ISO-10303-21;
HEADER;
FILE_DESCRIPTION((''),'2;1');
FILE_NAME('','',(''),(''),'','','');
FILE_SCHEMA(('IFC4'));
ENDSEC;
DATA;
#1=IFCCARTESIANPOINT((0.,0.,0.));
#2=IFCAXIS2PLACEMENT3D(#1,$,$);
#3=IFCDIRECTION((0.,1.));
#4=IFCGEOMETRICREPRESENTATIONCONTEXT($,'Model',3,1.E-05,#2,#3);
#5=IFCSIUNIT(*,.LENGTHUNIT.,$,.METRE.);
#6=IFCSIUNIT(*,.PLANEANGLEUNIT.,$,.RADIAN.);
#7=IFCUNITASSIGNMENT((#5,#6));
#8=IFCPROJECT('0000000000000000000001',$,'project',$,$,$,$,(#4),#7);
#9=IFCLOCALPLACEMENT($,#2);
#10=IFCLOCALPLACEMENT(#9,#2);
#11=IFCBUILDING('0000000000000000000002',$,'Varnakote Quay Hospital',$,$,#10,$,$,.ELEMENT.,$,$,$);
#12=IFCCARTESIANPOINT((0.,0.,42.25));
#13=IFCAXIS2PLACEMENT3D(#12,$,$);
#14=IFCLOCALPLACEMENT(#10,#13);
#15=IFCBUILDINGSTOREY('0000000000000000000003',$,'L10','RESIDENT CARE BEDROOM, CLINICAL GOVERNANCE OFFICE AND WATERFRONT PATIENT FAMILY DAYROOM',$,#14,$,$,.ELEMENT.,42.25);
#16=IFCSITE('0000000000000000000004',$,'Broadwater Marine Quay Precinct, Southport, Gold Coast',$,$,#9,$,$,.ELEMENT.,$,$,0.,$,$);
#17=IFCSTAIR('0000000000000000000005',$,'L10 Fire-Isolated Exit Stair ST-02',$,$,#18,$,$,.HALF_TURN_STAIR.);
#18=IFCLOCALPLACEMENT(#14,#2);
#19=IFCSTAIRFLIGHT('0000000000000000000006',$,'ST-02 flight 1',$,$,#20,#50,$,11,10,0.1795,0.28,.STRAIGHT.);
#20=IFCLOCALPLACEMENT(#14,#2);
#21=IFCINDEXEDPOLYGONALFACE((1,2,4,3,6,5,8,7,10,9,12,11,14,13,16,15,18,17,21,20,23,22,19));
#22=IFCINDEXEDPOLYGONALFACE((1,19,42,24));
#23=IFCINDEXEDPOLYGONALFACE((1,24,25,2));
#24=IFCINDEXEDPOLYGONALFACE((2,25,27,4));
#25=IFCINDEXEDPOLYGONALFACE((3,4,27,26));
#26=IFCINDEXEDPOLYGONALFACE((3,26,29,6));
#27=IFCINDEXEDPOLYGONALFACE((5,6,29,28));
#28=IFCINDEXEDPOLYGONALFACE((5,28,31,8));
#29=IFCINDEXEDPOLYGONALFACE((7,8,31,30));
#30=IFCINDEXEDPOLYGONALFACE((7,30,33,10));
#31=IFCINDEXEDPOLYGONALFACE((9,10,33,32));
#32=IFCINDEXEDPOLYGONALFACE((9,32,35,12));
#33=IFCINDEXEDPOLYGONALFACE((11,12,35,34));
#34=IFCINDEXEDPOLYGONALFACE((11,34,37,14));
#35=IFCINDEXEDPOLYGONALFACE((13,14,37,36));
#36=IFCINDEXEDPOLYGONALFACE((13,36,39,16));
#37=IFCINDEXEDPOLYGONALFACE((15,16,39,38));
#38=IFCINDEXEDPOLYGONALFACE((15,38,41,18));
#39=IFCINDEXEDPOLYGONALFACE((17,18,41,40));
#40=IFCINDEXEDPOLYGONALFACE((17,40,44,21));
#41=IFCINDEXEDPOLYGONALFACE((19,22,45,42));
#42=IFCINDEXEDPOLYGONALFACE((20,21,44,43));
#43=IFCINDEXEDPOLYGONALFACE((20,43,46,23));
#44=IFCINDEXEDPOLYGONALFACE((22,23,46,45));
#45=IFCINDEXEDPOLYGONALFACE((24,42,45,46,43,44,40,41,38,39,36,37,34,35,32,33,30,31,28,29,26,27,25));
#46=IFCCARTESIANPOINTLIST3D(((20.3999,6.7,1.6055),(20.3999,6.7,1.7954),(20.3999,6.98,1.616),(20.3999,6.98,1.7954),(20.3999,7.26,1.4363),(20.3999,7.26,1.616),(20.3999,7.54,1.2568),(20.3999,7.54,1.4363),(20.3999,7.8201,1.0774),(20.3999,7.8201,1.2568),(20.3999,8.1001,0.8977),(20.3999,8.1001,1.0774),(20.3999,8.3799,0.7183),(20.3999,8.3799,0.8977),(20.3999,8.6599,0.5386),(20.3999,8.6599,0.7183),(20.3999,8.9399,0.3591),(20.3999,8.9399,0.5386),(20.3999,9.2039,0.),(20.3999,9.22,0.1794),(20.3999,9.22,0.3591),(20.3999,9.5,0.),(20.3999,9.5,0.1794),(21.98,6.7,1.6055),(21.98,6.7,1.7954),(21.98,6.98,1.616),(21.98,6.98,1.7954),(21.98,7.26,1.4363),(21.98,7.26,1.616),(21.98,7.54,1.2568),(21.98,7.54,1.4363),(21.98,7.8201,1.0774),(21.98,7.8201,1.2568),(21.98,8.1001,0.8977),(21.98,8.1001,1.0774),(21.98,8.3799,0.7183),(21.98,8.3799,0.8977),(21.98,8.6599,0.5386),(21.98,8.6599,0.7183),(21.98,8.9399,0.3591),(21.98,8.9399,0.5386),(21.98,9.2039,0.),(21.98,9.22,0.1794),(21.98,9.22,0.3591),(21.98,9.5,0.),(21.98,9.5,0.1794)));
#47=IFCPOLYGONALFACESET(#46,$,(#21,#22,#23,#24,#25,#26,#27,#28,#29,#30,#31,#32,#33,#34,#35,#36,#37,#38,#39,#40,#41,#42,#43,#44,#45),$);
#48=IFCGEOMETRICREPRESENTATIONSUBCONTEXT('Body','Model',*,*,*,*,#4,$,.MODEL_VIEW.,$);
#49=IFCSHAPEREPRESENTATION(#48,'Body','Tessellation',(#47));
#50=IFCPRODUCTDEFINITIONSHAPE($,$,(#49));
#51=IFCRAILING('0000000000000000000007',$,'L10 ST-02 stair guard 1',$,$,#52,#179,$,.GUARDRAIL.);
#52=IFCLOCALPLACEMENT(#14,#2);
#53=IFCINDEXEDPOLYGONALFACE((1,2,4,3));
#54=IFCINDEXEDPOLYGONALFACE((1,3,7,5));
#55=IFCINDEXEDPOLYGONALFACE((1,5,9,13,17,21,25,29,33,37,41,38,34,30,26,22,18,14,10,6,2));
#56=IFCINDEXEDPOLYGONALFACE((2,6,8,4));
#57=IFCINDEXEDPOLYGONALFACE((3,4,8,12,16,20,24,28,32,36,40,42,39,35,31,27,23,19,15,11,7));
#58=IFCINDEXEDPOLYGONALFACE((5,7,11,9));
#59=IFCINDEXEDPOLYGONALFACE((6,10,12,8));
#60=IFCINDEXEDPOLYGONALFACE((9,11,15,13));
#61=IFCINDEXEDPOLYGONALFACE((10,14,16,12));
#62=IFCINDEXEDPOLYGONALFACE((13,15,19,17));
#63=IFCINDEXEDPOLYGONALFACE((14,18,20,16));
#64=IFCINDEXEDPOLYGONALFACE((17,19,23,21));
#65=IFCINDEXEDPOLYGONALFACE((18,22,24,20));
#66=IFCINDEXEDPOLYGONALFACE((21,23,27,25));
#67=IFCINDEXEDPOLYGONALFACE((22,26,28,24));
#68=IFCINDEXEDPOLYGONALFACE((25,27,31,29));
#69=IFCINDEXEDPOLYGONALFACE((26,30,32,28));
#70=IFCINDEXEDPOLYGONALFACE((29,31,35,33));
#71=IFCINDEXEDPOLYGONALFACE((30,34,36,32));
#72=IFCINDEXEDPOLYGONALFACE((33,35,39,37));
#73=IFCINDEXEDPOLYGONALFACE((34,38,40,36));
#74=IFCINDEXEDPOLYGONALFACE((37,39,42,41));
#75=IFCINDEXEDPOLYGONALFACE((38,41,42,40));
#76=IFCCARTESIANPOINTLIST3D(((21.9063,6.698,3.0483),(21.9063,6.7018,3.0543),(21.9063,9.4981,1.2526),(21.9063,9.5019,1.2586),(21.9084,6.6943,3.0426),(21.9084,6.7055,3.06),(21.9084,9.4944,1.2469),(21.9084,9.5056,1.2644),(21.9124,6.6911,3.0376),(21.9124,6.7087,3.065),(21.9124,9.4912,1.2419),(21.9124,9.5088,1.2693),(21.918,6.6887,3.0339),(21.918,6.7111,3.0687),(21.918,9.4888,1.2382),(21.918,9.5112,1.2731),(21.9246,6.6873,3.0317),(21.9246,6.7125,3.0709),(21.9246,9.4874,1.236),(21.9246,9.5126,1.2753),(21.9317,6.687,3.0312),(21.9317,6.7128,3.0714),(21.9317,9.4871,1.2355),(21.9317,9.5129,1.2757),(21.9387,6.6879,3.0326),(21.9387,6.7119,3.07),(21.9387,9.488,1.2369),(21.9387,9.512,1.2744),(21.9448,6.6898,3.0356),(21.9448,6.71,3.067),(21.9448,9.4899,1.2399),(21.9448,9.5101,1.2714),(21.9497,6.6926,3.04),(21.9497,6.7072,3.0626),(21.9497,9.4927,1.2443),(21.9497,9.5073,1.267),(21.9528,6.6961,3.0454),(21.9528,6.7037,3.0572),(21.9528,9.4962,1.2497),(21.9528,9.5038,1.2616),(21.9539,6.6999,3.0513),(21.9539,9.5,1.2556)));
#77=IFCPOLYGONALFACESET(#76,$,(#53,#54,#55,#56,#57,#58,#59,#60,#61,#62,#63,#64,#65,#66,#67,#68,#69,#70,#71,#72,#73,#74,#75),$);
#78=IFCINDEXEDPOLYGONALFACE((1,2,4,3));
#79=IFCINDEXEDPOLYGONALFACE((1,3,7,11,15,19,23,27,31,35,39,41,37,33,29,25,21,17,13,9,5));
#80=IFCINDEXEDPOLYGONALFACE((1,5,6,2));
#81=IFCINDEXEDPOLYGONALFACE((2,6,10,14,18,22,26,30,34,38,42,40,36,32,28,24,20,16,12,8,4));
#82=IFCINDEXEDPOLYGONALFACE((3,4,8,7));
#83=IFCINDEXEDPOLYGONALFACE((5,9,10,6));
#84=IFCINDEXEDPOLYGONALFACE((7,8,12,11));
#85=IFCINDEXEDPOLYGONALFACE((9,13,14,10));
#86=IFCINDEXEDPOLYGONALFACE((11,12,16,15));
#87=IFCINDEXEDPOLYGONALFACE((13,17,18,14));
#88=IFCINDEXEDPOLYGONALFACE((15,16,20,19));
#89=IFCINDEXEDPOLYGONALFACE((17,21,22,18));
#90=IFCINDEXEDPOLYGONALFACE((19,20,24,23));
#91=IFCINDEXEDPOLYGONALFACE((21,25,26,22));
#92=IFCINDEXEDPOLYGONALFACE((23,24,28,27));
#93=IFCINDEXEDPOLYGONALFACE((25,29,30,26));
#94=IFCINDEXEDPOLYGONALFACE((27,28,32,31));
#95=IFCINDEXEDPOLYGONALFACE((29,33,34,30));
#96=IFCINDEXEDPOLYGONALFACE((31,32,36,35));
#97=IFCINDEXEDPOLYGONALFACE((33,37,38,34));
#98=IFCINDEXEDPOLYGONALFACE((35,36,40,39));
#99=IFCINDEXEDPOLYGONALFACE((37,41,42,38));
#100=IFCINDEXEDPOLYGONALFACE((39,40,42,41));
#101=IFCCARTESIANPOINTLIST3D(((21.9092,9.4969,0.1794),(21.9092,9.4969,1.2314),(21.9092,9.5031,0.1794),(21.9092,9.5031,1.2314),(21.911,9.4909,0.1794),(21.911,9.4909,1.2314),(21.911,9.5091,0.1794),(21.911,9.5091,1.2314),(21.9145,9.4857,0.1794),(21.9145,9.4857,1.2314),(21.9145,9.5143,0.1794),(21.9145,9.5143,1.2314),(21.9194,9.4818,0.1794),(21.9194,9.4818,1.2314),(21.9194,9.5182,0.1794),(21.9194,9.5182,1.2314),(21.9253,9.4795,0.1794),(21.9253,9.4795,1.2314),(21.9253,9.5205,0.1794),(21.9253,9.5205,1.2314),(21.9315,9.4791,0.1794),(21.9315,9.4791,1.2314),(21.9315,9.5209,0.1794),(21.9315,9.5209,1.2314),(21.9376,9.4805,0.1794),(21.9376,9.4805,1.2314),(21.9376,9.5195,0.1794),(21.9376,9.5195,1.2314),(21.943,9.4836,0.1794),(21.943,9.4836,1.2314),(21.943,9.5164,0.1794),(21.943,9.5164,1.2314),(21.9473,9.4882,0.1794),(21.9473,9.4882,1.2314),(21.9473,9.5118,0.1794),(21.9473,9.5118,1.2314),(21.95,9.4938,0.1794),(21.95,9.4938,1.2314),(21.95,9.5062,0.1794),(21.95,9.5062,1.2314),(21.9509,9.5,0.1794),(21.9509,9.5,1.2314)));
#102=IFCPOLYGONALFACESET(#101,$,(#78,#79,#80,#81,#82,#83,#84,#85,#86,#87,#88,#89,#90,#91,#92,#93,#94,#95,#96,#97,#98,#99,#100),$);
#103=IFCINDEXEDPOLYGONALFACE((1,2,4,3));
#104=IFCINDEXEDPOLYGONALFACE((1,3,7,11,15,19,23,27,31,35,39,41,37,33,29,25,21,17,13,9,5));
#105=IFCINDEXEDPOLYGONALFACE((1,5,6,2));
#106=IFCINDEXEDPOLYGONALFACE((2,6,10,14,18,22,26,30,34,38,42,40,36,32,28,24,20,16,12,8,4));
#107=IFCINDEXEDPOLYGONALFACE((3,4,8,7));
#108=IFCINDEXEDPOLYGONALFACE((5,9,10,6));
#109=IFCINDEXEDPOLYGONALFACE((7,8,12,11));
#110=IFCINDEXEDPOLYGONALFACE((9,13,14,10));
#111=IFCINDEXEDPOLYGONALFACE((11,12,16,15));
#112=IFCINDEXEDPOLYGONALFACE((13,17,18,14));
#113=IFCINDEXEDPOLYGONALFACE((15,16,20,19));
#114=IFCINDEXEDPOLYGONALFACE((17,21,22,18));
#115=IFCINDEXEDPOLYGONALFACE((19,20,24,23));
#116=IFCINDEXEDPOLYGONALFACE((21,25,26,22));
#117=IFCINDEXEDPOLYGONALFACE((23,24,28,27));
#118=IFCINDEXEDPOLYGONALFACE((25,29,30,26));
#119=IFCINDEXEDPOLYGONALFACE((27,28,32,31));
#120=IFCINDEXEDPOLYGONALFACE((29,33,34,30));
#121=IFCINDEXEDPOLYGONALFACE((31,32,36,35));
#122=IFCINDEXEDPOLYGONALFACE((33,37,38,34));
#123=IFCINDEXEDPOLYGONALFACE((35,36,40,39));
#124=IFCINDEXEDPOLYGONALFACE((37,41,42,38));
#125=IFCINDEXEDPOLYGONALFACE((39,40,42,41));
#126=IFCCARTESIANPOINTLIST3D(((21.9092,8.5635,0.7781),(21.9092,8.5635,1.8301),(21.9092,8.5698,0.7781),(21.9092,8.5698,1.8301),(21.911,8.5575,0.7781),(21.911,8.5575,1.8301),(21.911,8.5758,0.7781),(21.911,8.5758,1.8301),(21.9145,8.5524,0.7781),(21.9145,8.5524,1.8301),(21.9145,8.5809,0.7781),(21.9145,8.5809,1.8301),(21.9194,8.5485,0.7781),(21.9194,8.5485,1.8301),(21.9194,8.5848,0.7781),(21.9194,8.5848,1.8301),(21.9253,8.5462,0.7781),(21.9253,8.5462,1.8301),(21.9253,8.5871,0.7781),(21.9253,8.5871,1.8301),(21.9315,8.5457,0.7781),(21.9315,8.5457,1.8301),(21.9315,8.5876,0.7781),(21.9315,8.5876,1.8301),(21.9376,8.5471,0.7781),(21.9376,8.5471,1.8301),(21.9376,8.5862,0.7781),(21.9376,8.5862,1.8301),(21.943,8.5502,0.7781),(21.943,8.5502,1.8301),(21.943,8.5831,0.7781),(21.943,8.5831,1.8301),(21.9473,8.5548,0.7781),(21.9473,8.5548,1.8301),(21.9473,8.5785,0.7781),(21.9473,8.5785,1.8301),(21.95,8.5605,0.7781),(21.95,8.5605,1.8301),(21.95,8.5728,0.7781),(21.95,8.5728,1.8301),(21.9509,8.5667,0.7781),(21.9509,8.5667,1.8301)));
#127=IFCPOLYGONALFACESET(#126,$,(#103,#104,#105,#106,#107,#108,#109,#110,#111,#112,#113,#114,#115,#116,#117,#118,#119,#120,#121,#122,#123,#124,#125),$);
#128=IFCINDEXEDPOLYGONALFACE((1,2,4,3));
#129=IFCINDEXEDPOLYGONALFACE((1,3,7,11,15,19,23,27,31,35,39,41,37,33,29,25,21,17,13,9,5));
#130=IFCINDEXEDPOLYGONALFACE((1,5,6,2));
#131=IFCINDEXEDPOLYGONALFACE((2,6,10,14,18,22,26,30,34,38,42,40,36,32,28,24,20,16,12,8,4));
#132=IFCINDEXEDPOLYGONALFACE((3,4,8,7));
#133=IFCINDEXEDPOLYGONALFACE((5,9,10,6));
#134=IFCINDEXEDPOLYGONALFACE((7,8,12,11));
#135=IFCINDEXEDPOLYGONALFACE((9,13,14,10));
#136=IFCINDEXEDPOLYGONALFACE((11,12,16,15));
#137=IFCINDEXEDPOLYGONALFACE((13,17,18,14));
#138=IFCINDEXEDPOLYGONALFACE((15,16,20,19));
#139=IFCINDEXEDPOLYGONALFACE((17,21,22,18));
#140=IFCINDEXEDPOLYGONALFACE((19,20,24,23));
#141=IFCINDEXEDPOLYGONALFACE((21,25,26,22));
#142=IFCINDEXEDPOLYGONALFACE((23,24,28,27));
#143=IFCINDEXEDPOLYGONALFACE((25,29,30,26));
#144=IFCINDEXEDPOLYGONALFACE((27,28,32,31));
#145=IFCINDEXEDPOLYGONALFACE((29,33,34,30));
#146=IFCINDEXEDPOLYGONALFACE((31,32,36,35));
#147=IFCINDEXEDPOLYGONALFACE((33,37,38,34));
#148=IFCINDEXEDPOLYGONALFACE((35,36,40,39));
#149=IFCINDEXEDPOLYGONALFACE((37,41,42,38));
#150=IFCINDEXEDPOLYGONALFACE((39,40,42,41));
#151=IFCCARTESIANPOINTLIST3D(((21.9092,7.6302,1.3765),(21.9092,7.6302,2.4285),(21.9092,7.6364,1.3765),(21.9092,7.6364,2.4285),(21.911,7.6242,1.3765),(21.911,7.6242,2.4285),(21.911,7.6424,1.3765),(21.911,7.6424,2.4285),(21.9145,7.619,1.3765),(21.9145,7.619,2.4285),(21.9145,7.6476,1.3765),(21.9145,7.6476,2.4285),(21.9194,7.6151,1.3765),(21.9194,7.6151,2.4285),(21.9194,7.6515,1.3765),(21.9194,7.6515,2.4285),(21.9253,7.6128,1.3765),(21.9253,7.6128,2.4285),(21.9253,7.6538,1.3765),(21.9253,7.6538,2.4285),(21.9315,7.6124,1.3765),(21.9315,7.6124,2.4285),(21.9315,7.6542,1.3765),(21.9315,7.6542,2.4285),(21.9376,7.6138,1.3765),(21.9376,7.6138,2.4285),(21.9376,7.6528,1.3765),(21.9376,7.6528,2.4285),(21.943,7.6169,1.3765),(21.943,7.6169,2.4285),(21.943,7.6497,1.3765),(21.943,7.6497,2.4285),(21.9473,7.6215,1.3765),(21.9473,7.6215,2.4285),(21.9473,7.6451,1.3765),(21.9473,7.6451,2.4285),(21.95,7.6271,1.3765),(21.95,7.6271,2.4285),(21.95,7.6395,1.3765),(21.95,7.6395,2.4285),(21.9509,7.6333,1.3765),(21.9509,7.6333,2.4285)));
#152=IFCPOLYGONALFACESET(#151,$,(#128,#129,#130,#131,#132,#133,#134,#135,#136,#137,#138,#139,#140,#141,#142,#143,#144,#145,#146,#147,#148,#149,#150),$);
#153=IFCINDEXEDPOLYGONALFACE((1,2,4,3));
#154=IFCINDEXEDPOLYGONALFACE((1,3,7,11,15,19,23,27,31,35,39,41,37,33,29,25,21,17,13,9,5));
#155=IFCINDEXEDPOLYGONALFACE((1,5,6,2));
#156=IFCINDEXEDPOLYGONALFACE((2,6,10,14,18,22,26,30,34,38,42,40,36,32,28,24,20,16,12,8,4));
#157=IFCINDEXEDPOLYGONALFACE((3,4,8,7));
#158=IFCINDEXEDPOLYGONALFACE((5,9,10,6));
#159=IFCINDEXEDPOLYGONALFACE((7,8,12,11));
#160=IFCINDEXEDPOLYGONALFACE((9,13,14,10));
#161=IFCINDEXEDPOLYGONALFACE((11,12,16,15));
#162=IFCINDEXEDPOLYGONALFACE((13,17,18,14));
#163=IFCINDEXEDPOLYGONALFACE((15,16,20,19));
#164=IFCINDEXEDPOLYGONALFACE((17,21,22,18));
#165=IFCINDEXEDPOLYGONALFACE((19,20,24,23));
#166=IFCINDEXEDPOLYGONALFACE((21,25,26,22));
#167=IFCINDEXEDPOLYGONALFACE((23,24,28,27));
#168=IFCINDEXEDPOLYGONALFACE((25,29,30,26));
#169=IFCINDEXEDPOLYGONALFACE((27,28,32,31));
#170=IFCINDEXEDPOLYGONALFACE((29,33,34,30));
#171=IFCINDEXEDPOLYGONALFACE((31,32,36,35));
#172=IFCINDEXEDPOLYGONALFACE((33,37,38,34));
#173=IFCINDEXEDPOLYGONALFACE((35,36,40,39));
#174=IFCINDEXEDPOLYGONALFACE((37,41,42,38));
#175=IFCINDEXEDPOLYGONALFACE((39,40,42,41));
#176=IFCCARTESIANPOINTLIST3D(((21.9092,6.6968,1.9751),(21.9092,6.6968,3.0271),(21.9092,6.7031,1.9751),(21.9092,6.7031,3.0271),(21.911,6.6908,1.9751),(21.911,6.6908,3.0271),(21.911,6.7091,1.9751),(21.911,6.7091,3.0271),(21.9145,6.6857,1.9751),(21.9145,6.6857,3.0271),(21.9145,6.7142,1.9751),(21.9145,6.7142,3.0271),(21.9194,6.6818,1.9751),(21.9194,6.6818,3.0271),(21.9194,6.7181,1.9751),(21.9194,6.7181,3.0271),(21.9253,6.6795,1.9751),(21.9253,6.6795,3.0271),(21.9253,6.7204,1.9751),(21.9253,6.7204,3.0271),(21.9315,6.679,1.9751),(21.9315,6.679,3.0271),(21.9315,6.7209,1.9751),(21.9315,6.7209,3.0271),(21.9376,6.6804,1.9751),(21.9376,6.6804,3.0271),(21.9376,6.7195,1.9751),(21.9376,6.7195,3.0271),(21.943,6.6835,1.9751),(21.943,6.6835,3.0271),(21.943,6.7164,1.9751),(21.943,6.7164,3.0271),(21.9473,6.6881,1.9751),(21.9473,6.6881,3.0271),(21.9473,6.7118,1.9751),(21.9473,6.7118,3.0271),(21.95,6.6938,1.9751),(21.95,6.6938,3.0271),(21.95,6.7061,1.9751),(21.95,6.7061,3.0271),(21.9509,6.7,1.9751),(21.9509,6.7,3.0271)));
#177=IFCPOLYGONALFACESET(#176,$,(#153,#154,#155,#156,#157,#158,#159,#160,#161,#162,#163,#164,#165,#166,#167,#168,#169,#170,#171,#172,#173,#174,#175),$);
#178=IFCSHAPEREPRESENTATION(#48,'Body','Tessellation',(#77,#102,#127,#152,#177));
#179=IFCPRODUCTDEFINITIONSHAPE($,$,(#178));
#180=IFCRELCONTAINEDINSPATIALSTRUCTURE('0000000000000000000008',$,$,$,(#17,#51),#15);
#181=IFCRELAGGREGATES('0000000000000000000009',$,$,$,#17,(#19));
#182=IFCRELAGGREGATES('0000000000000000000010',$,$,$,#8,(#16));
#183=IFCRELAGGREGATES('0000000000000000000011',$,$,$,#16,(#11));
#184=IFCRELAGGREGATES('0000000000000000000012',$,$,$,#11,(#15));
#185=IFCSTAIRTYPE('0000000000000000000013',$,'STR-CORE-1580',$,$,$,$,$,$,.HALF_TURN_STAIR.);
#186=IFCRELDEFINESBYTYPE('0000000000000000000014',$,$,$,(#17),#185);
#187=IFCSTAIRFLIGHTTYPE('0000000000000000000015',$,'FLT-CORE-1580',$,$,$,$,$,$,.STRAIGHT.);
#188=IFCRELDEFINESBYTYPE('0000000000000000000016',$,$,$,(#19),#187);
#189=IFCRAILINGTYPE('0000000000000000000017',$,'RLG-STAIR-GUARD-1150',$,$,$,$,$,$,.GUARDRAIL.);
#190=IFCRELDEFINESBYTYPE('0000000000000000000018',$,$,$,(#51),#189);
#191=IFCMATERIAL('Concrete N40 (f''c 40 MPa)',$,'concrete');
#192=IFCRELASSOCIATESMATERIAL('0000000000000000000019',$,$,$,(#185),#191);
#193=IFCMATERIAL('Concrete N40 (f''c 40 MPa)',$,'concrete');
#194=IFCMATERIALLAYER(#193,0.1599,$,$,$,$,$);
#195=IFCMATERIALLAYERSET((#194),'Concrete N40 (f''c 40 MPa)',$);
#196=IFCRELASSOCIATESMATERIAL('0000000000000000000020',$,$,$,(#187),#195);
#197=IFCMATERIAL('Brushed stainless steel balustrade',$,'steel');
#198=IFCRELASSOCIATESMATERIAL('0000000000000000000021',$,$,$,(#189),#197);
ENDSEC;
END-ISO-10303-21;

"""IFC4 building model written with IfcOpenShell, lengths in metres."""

from ifc_helpers import new_model, si_unit, direction, frame, origin, origin_2d, place, context, subcontext, project, spatial, polyline, circle, outline, extrude, material, layer, layer_set, type_object, element, aggregate, save


model = new_model("IFC4")

# Units and contexts
model_context = context("Model", 3, precision=1e-05, world=origin(), true_north=direction((0.0, 1.0)))
body_context = subcontext(model_context, "Body", "Model", "MODEL_VIEW")
ifc_project = project(units=[si_unit("LENGTHUNIT", "METRE"), si_unit("PLANEANGLEUNIT", "RADIAN")], contexts=[model_context])

# Site, building, storey
site_placement = place(None, origin())
site = spatial("IfcSite", under=ifc_project, at=site_placement, Name="Broadwater Marine Quay Precinct, Southport, Gold Coast", CompositionType="ELEMENT", RefElevation=0.0)
building_placement = place(site_placement, origin())
building = spatial("IfcBuilding", under=site, at=building_placement, Name="Varnakote Quay Hospital", CompositionType="ELEMENT")
storey_placement = place(building_placement, frame((0.0, 0.0, 42.25)))
storey = spatial("IfcBuildingStorey", under=building, at=storey_placement, Name="L10", Description="RESIDENT CARE BEDROOM, CLINICAL GOVERNANCE OFFICE AND WATERFRONT PATIENT FAMILY DAYROOM", CompositionType="ELEMENT", Elevation=42.25)

# Stair, stair flight
ifc_material_1 = material(Name="Concrete N40 (f'c 40 MPa)", Category="concrete")
stair_type = type_object("IfcStairType", Name="STR-CORE-1580", PredefinedType="HALF_TURN_STAIR", material=ifc_material_1)
stair_placement = place(storey_placement, origin())
stair = element("IfcStair", 1, at=stair_placement, inside=storey, type_object=stair_type, Name="L10 Fire-Isolated Exit Stair ST-02", PredefinedType="HALF_TURN_STAIR")
ifc_material_2 = material(Name="Concrete N40 (f'c 40 MPa)", Category="concrete")
ifc_layer_1 = layer(ifc_material_2, 0.1599)
ifc_layer_set_1 = layer_set([ifc_layer_1], Name="Concrete N40 (f'c 40 MPa)")
stair_flight_type = type_object("IfcStairFlightType", Name="FLT-CORE-1580", PredefinedType="STRAIGHT", material=ifc_layer_set_1)
stair_flight_placement = place(storey_placement, frame((21.1899, 9.5, 0.0), z_axis=(0.0, 0.0, 1.0), x_axis=(0.0, -1.0, 0.0)))
stair_flight = element("IfcStairFlight", 2, at=stair_flight_placement, type_object=stair_flight_type, Name="ST-02 flight 1", NumberOfRisers=11, NumberOfTreads=10, PredefinedType="STRAIGHT", RiserHeight=0.1795, TreadLength=0.28, context=body_context, shape_type="SweptSolid", body=[
    extrude(outline(polyline([(0.0, 0.0), (0.0, 0.1794), (0.28, 0.1794), (0.28, 0.3591), (0.5601, 0.3591), (0.5601, 0.5386), (0.8401, 0.5386), (0.8401, 0.7183), (1.1201, 0.7183), (1.1201, 0.8977), (1.3999, 0.8977), (1.3999, 1.0774), (1.6799, 1.0774), (1.6799, 1.2568), (1.96, 1.2568), (1.96, 1.4363), (2.24, 1.4363), (2.24, 1.616), (2.52, 1.616), (2.52, 1.7954), (2.8, 1.7954), (2.8, 1.9751), (2.8, 1.6055), (0.2961, 0.0), (0.0, 0.0)])), frame((0.0, 0.79, 0.0), z_axis=(0.0, -1.0, 0.0), x_axis=(1.0, 0.0, 0.0)), (0.0, 0.0, 1.0), 1.5801),
])
aggregate(stair, [stair_flight])

# Railing
ifc_material_3 = material(Name="Brushed stainless steel balustrade", Category="steel")
railing_type_1 = type_object("IfcRailingType", Name="RLG-STAIR-GUARD-1150", PredefinedType="GUARDRAIL", material=ifc_material_3)
railing_1_placement = place(storey_placement, frame((21.9299, 9.5, 0.1794)))
element("IfcRailing", 3, at=railing_1_placement, inside=storey, type_object=railing_type_1, Name="L10 ST-02 stair guard 1", PredefinedType="GUARDRAIL", context=body_context, shape_type="SweptSolid", body=[
    extrude(circle(Radius=0.0239, at=origin_2d()), frame((0.0, 0.0, 1.0762), z_axis=(0.0, -0.841777, 0.539826), x_axis=(1.0, 0.0, 0.0)), (0.0, 0.0, 1.0), 3.3264),
    extrude(circle(Radius=0.021, at=origin_2d()), origin(), (0.0, 0.0, 1.0), 1.052),
    extrude(circle(Radius=0.021, at=origin_2d()), frame((0.0, -0.9333, 0.5986)), (0.0, 0.0, 1.0), 1.052),
    extrude(circle(Radius=0.021, at=origin_2d()), frame((0.0, -1.8667, 1.197)), (0.0, 0.0, 1.0), 1.052),
    extrude(circle(Radius=0.021, at=origin_2d()), frame((0.0, -2.8, 1.7957)), (0.0, 0.0, 1.0), 1.052),
])

save(model, "model.ifc")
